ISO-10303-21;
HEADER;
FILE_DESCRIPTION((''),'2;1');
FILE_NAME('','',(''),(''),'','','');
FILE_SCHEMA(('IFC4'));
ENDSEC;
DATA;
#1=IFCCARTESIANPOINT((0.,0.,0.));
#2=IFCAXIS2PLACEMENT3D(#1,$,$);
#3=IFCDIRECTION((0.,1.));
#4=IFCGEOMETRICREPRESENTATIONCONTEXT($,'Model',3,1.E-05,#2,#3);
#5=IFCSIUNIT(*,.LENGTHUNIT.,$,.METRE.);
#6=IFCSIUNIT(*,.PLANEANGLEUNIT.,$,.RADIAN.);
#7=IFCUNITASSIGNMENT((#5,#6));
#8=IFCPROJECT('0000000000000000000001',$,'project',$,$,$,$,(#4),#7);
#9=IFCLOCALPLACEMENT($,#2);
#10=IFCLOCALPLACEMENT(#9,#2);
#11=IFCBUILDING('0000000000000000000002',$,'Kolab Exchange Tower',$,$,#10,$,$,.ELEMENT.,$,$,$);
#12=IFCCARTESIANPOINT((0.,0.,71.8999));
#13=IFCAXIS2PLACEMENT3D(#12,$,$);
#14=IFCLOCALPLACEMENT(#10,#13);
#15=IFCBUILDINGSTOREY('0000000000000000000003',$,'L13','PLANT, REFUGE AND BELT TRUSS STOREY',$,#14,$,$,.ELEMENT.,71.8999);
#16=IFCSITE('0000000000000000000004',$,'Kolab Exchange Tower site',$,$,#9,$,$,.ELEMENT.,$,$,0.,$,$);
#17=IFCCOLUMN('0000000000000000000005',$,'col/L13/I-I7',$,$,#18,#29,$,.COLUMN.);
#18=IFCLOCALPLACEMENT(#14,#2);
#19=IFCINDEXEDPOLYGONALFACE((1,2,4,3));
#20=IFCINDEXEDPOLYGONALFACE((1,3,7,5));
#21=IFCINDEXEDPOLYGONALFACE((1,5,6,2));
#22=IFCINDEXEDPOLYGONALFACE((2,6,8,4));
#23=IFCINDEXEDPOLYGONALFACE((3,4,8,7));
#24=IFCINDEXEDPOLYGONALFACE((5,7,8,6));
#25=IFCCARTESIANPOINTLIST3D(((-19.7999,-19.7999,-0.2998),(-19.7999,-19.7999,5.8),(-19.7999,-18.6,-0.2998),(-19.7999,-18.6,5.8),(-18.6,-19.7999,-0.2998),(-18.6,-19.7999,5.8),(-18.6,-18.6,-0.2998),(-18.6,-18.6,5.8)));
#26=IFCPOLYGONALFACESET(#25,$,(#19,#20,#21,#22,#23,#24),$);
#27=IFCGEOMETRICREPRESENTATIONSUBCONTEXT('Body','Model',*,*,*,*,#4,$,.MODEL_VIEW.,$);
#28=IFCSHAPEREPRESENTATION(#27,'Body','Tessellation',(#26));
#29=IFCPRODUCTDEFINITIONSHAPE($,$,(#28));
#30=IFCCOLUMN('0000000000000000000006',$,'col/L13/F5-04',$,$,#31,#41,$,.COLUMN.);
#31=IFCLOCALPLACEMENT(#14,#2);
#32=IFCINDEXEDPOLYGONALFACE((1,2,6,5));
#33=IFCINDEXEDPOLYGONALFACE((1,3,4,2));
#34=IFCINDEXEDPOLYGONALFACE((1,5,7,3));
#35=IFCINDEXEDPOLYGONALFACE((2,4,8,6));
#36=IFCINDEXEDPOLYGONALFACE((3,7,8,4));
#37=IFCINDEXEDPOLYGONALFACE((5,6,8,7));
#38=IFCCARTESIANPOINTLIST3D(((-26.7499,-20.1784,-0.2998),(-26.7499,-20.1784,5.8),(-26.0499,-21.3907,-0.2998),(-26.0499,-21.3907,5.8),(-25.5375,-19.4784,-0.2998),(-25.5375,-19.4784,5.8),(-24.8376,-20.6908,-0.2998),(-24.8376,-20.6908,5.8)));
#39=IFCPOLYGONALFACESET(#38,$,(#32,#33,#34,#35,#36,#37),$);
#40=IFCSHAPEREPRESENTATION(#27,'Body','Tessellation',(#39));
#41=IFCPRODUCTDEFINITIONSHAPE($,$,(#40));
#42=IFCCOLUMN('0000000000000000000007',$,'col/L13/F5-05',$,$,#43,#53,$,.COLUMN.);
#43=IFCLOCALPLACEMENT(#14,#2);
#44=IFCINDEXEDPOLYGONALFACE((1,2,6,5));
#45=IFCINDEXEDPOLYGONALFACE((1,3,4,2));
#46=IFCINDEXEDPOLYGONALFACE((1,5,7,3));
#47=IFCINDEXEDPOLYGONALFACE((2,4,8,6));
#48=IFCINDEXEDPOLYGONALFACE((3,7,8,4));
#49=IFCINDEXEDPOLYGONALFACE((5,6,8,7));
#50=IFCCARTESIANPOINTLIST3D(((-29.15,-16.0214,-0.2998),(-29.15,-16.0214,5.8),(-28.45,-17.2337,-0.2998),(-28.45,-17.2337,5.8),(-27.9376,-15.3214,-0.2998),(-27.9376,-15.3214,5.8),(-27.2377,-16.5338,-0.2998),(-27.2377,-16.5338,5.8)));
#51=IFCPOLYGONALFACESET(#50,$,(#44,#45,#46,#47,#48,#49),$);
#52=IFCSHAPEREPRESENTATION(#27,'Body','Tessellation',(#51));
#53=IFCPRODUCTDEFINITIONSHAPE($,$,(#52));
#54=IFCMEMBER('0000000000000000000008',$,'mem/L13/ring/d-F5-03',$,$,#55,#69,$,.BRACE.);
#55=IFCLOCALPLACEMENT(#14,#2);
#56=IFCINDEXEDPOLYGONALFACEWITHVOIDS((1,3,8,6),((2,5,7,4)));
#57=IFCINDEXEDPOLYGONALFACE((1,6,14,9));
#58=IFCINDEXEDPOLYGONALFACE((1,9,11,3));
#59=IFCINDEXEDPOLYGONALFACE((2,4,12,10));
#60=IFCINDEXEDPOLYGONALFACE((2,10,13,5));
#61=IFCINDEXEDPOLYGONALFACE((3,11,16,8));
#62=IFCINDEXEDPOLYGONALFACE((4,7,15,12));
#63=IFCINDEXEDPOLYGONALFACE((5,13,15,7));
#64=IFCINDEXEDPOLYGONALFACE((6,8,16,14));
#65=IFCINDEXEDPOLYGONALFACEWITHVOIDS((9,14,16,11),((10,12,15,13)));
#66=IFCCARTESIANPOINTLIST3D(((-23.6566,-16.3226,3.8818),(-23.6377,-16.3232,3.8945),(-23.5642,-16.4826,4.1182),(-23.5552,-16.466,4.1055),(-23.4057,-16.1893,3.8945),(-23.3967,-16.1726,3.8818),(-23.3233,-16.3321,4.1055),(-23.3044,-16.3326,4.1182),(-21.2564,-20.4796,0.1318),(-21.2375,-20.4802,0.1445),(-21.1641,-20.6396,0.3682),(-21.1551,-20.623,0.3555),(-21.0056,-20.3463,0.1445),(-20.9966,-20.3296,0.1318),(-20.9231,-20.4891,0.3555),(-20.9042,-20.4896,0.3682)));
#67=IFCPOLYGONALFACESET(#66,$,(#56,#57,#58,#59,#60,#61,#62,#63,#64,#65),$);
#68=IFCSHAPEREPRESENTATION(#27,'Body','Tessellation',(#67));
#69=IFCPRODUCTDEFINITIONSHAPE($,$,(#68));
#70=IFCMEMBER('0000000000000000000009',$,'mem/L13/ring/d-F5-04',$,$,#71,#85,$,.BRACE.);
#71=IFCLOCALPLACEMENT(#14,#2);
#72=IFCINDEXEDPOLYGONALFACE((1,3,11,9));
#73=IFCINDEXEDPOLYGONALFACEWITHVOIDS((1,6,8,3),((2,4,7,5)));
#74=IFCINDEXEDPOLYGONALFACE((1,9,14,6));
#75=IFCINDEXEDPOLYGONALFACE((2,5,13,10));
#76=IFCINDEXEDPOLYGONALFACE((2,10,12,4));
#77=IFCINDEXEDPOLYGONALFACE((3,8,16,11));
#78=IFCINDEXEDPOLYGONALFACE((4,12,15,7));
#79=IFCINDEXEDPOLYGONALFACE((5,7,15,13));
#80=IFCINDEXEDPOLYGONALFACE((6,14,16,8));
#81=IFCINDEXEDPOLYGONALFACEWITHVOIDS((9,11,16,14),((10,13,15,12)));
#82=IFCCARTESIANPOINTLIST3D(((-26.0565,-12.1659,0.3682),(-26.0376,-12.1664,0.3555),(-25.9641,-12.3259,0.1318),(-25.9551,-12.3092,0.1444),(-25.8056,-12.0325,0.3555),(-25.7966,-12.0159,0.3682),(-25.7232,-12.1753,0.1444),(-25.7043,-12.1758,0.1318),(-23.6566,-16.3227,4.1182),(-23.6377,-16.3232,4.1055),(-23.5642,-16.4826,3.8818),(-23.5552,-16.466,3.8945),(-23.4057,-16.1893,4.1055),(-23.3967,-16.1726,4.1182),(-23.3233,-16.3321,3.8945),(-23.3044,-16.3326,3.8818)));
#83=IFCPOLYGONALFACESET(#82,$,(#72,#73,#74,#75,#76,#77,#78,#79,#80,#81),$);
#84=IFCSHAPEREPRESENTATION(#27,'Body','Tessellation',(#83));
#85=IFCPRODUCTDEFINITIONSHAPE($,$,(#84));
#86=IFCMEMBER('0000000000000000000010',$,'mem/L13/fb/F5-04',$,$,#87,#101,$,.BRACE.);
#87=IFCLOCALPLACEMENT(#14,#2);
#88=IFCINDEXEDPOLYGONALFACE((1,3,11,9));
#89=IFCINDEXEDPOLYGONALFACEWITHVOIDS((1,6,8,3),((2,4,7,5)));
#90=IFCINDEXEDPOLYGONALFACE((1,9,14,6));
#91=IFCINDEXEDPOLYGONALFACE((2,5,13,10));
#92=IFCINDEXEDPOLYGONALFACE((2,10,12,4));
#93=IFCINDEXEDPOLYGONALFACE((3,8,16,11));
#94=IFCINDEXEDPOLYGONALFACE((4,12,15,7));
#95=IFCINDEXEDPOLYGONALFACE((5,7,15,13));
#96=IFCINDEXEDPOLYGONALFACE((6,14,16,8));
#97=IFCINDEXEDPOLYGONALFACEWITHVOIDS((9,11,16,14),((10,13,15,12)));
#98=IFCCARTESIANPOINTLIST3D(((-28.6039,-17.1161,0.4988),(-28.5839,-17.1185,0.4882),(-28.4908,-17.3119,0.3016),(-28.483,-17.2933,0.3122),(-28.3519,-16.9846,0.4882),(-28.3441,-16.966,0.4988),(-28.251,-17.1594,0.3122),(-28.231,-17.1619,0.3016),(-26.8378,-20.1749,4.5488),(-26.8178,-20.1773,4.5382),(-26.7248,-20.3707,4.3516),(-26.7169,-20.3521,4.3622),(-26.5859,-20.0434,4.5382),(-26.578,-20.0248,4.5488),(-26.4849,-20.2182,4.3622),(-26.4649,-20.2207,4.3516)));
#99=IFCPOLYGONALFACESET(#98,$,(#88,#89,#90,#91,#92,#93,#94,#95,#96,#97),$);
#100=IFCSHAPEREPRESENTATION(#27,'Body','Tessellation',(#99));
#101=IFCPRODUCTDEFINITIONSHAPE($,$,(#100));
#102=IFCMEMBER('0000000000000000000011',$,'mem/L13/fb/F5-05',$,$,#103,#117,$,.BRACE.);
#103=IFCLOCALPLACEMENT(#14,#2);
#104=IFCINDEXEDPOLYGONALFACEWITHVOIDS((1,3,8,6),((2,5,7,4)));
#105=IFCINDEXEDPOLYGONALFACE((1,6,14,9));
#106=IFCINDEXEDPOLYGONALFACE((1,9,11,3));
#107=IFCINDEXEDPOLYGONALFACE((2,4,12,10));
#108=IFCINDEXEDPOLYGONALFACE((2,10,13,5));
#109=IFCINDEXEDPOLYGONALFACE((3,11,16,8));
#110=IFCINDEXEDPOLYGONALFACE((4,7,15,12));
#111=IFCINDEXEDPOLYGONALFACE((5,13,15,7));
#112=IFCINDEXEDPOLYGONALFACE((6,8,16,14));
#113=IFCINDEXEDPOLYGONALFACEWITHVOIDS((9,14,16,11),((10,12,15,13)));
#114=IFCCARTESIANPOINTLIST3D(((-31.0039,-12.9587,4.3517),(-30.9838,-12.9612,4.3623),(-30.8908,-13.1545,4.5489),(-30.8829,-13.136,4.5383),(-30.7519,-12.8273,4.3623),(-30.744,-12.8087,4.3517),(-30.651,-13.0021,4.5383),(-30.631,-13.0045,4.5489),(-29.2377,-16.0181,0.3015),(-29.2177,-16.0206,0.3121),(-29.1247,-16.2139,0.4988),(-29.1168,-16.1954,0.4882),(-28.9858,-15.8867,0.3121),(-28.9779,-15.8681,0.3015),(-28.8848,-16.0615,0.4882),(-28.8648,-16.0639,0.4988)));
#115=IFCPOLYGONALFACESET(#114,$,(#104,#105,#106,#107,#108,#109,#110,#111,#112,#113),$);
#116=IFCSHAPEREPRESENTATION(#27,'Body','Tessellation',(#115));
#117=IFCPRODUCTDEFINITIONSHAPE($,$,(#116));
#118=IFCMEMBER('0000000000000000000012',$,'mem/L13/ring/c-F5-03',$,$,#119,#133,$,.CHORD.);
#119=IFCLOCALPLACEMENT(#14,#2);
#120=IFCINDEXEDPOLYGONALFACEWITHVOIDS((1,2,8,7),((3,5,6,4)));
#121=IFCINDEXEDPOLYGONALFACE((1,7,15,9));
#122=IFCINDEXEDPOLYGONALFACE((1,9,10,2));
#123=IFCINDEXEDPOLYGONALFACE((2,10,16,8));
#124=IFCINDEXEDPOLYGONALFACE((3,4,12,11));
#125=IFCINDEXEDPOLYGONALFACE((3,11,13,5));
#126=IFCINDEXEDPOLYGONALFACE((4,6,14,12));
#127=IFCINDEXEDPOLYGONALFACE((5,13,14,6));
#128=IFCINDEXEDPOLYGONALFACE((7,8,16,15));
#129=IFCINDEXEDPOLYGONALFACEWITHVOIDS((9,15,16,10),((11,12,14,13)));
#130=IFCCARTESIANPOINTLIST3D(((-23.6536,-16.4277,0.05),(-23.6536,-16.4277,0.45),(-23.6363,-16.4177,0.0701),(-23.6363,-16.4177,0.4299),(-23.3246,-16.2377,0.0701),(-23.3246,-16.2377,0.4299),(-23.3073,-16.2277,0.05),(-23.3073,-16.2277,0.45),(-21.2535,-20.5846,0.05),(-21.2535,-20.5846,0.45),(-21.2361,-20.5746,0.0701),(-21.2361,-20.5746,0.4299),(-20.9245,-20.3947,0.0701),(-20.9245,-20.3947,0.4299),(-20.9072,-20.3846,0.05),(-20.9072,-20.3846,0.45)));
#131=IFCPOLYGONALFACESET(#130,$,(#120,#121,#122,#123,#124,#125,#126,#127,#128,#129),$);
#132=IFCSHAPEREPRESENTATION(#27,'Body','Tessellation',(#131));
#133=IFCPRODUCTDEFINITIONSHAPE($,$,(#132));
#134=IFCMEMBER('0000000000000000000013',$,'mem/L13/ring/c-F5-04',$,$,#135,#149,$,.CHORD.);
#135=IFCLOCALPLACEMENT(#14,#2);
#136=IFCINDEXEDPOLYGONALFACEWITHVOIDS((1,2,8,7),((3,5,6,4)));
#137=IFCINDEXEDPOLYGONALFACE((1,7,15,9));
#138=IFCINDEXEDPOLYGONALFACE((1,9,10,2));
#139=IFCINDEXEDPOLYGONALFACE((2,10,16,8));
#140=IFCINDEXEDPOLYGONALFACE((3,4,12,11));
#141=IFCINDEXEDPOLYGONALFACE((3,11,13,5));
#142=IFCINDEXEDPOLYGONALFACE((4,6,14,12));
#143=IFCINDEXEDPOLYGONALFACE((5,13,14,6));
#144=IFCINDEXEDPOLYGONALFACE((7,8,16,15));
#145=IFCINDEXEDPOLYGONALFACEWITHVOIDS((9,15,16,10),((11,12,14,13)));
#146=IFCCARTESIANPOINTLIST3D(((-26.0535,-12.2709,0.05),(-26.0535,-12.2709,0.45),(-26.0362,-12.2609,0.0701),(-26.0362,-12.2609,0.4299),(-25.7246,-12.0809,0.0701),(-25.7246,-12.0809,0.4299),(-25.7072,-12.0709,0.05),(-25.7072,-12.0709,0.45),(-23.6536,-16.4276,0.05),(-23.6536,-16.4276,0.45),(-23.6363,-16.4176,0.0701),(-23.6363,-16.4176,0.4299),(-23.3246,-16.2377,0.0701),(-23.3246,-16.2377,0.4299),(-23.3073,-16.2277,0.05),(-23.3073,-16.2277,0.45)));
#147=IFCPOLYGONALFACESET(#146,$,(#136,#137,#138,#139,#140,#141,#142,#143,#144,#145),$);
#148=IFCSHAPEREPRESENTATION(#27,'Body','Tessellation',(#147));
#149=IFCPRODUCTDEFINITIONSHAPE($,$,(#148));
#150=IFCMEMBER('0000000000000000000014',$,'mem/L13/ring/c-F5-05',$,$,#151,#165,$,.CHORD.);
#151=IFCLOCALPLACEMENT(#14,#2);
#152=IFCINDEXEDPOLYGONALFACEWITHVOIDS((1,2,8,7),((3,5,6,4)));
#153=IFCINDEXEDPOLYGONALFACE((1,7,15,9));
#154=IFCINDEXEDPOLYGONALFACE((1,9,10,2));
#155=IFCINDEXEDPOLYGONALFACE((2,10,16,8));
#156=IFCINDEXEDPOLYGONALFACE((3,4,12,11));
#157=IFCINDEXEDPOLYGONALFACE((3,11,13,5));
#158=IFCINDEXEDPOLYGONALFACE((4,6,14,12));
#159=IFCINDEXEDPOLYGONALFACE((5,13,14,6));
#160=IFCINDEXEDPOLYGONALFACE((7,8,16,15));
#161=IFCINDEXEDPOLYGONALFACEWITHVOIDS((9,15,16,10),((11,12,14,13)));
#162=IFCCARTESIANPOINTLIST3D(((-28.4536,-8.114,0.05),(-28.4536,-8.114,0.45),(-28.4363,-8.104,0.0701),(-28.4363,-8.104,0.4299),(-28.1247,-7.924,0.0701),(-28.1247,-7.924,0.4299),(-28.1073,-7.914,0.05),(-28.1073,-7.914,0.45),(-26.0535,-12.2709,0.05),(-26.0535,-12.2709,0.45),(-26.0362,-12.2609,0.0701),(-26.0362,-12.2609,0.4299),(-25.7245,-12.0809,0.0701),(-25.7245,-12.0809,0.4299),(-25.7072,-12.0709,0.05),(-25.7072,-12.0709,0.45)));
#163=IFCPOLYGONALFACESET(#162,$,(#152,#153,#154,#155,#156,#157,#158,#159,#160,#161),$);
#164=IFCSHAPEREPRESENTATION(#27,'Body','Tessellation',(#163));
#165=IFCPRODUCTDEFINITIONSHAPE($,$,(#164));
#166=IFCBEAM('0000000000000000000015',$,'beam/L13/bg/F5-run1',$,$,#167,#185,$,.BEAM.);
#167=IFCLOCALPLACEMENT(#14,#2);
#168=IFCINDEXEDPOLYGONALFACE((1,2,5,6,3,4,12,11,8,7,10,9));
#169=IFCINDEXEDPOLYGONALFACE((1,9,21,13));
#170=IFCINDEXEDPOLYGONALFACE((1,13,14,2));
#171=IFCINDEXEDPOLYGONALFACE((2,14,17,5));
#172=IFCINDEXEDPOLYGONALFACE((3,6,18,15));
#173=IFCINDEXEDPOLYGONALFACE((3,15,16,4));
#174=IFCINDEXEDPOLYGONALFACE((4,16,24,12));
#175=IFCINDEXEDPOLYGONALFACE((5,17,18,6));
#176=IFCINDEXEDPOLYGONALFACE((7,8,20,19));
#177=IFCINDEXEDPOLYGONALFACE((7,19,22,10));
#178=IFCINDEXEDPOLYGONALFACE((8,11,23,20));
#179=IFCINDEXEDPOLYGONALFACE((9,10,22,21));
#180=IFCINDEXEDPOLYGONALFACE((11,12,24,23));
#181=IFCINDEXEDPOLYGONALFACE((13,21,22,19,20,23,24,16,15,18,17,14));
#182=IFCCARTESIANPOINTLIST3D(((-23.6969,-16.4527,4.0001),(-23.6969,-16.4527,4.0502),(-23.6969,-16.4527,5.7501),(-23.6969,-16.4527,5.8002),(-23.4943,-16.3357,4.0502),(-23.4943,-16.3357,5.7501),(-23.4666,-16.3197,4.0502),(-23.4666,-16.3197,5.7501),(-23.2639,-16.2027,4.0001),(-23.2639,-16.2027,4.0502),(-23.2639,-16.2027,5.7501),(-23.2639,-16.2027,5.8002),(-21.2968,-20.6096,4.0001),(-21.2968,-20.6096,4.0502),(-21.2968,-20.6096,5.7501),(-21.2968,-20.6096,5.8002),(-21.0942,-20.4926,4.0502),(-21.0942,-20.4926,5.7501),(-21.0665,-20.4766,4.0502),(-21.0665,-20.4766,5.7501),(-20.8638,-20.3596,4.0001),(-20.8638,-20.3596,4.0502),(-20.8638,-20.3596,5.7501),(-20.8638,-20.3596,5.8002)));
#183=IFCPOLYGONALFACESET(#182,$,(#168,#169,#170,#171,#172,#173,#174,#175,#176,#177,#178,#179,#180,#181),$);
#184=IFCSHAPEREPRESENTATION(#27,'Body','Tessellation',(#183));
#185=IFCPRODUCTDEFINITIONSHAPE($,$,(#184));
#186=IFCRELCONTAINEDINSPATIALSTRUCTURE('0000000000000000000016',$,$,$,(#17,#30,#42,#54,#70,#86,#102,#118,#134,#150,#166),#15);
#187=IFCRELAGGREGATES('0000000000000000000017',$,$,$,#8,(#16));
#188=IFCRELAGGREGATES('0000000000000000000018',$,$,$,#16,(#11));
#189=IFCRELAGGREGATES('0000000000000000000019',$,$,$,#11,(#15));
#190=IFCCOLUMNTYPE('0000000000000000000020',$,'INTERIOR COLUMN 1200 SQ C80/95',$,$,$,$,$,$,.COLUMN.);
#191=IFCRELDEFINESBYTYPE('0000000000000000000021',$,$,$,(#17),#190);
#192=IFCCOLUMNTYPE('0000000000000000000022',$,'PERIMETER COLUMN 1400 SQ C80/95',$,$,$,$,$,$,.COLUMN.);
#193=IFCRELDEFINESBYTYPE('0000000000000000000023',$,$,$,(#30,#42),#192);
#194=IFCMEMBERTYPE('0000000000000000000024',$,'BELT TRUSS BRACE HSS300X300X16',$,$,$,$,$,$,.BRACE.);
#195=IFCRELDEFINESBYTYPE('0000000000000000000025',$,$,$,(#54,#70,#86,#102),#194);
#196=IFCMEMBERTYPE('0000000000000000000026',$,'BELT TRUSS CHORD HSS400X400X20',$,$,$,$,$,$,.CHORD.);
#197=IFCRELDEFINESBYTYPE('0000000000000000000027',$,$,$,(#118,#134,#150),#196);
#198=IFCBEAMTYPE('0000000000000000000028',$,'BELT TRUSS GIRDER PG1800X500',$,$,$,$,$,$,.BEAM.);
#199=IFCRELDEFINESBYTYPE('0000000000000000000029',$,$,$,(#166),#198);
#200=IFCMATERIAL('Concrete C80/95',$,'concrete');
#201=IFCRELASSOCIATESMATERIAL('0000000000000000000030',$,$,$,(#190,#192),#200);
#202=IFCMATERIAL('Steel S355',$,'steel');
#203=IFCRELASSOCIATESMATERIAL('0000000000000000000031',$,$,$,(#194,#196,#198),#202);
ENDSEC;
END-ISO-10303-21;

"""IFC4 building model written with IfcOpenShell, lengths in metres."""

from ifc_helpers import new_model, si_unit, direction, frame, origin, origin_2d, place, context, subcontext, project, spatial, rectangle, hollow_rectangle, i_section, extrude, material, material_profile, profile_set, type_object, element, save


model = new_model("IFC4")

# Units and contexts
model_context = context("Model", 3, precision=1e-05, world=origin(), true_north=direction((0.0, 1.0)))
body_context = subcontext(model_context, "Body", "Model", "MODEL_VIEW")
ifc_project = project(units=[si_unit("LENGTHUNIT", "METRE"), si_unit("PLANEANGLEUNIT", "RADIAN")], contexts=[model_context])

# Site, building, storey
site_placement = place(None, origin())
site = spatial("IfcSite", under=ifc_project, at=site_placement, Name="Kolab Exchange Tower site", CompositionType="ELEMENT", RefElevation=0.0)
building_placement = place(site_placement, origin())
building = spatial("IfcBuilding", under=site, at=building_placement, Name="Kolab Exchange Tower", CompositionType="ELEMENT")
storey_placement = place(building_placement, frame((0.0, 0.0, 71.8999)))
storey = spatial("IfcBuildingStorey", under=building, at=storey_placement, Name="L13", Description="PLANT, REFUGE AND BELT TRUSS STOREY", CompositionType="ELEMENT", Elevation=71.8999)

# Columns
ifc_material_1 = material(Name="Concrete C80/95", Category="concrete")
ifc_material_profile_1 = material_profile(ifc_material_1, rectangle(XDim=1.2, YDim=1.2, at=origin_2d()), Name="RC1200")
ifc_profile_set_1 = profile_set([ifc_material_profile_1], Name="Concrete C80/95")
column_type_1 = type_object("IfcColumnType", Name="INTERIOR COLUMN 1200 SQ C80/95", PredefinedType="COLUMN", material=ifc_profile_set_1)
column_placement = place(storey_placement, frame((-19.2, -19.2, -0.2998), z_axis=(0.0, 0.0, 1.0), x_axis=(1.0, 0.0, 0.0)))
element("IfcColumn", 1, at=column_placement, inside=storey, type_object=column_type_1, Name="col/L13/I-I7", PredefinedType="COLUMN", context=body_context, shape_type="SweptSolid", body=[
    extrude(rectangle(XDim=1.2, YDim=1.2, at=origin_2d()), origin(), (0.0, 0.0, 1.0), 6.0999),
])
ifc_material_profile_2 = material_profile(ifc_material_1, rectangle(XDim=1.3999, YDim=1.3999, at=origin_2d()), Name="RC1400")
ifc_profile_set_2 = profile_set([ifc_material_profile_2], Name="Concrete C80/95")
column_type_2 = type_object("IfcColumnType", Name="PERIMETER COLUMN 1400 SQ C80/95", PredefinedType="COLUMN", material=ifc_profile_set_2)
for number, where, z_axis, x_axis, name in (
    (2, (-25.7937, -20.4346, -0.2998), (0.0, 0.0, 1.0), (0.866025, 0.5, 0.0), "col/L13/F5-04"),
    (3, (-28.1938, -16.2776, -0.2998), (0.0, 0.0, 1.0), (0.866025, 0.5, 0.0), "col/L13/F5-05"),
):
    element("IfcColumn", number, at=place(storey_placement, frame(where, z_axis=z_axis, x_axis=x_axis)), inside=storey, type_object=column_type_2, Name=name, PredefinedType="COLUMN", context=body_context, shape_type="SweptSolid", body=[
        extrude(rectangle(XDim=1.3999, YDim=1.3999, at=origin_2d()), origin(), (0.0, 0.0, 1.0), 6.0999),
    ])

# Members
ifc_material_2 = material(Name="Steel S355", Category="steel")
ifc_material_profile_3 = material_profile(ifc_material_2, hollow_rectangle(XDim=0.3, YDim=0.3, WallThickness=0.0161, at=origin_2d()), Name="HSS300X300X16")
ifc_profile_set_3 = profile_set([ifc_material_profile_3], Name="Steel S355")
member_type_1 = type_object("IfcMemberType", Name="BELT TRUSS BRACE HSS300X300X16", PredefinedType="BRACE", material=ifc_profile_set_3)
member_1_placement = place(storey_placement, frame((-21.0803, -20.4846, 0.25), z_axis=(-0.39403, 0.682448, 0.615634), x_axis=(-0.866015, -0.500017, 0.0)))
element("IfcMember", 4, at=member_1_placement, inside=storey, type_object=member_type_1, Name="mem/L13/ring/d-F5-03", PredefinedType="BRACE", context=body_context, shape_type="SweptSolid", body=[
    extrude(hollow_rectangle(XDim=0.3, YDim=0.3, WallThickness=0.0161, at=origin_2d()), origin(), (0.0, 0.0, 1.0), 6.0913),
])
member_2_placement = place(storey_placement, frame((-23.4805, -16.3276, 4.0), z_axis=(-0.394007, 0.682437, -0.615661), x_axis=(-0.866025, -0.500001, 0.0)))
element("IfcMember", 5, at=member_2_placement, inside=storey, type_object=member_type_1, Name="mem/L13/ring/d-F5-04", PredefinedType="BRACE", context=body_context, shape_type="SweptSolid", body=[
    extrude(hollow_rectangle(XDim=0.3, YDim=0.3, WallThickness=0.0161, at=origin_2d()), origin(), (0.0, 0.0, 1.0), 6.0911),
])
member_3_placement = place(storey_placement, frame((-26.6514, -20.1978, 4.4502), z_axis=(-0.328648, 0.569205, -0.753655), x_axis=(-0.866014, -0.50002, 0.0)))
element("IfcMember", 6, at=member_3_placement, inside=storey, type_object=member_type_1, Name="mem/L13/fb/F5-04", PredefinedType="BRACE", context=body_context, shape_type="SweptSolid", body=[
    extrude(hollow_rectangle(XDim=0.3, YDim=0.3, WallThickness=0.0161, at=origin_2d()), origin(), (0.0, 0.0, 1.0), 5.3738),
])
member_4_placement = place(storey_placement, frame((-29.0513, -16.041, 0.4001), z_axis=(-0.328631, 0.569267, 0.753616), x_axis=(-0.866049, -0.49996, 0.0)))
element("IfcMember", 7, at=member_4_placement, inside=storey, type_object=member_type_1, Name="mem/L13/fb/F5-05", PredefinedType="BRACE", context=body_context, shape_type="SweptSolid", body=[
    extrude(hollow_rectangle(XDim=0.3, YDim=0.3, WallThickness=0.0161, at=origin_2d()), origin(), (0.0, 0.0, 1.0), 5.3743),
])
ifc_material_profile_4 = material_profile(ifc_material_2, hollow_rectangle(XDim=0.3999, YDim=0.3999, WallThickness=0.02, at=origin_2d()), Name="HSS400X400X20")
ifc_profile_set_4 = profile_set([ifc_material_profile_4], Name="Steel S355")
member_type_2 = type_object("IfcMemberType", Name="BELT TRUSS CHORD HSS400X400X20", PredefinedType="CHORD", material=ifc_profile_set_4)
member_5_placement = place(storey_placement, frame((-21.0803, -20.4846, 0.25), z_axis=(-0.500017, 0.866015, 0.0), x_axis=(-0.866015, -0.500017, 0.0)))
element("IfcMember", 8, at=member_5_placement, inside=storey, type_object=member_type_2, Name="mem/L13/ring/c-F5-03", PredefinedType="CHORD", context=body_context, shape_type="SweptSolid", body=[
    extrude(hollow_rectangle(XDim=0.3999, YDim=0.3999, WallThickness=0.02, at=origin_2d()), origin(), (0.0, 0.0, 1.0), 4.8),
])
member_6_placement = place(storey_placement, frame((-23.4805, -16.3276, 0.25), z_axis=(-0.500001, 0.866025, 0.0), x_axis=(-0.866025, -0.500001, 0.0)))
element("IfcMember", 9, at=member_6_placement, inside=storey, type_object=member_type_2, Name="mem/L13/ring/c-F5-04", PredefinedType="CHORD", context=body_context, shape_type="SweptSolid", body=[
    extrude(hollow_rectangle(XDim=0.3999, YDim=0.3999, WallThickness=0.02, at=origin_2d()), origin(), (0.0, 0.0, 1.0), 4.7998),
])
member_7_placement = place(storey_placement, frame((-25.8804, -12.1709, 0.25), z_axis=(-0.500017, 0.866015, 0.0), x_axis=(-0.866015, -0.500017, 0.0)))
element("IfcMember", 10, at=member_7_placement, inside=storey, type_object=member_type_2, Name="mem/L13/ring/c-F5-05", PredefinedType="CHORD", context=body_context, shape_type="SweptSolid", body=[
    extrude(hollow_rectangle(XDim=0.3999, YDim=0.3999, WallThickness=0.02, at=origin_2d()), origin(), (0.0, 0.0, 1.0), 4.8),
])

# Beam
ifc_material_profile_5 = material_profile(ifc_material_2, i_section(OverallWidth=0.5, OverallDepth=1.8, WebThickness=0.032, FlangeThickness=0.05, at=origin_2d()), Name="PG1800X500")
ifc_profile_set_5 = profile_set([ifc_material_profile_5], Name="Steel S355")
beam_type_1 = type_object("IfcBeamType", Name="BELT TRUSS GIRDER PG1800X500", PredefinedType="BEAM", material=ifc_profile_set_5)
beam_1_placement = place(storey_placement, frame((-21.0803, -20.4846, 4.9001), z_axis=(-0.500017, 0.866015, 0.0), x_axis=(-0.866015, -0.500017, 0.0)))
element("IfcBeam", 11, at=beam_1_placement, inside=storey, type_object=beam_type_1, Name="beam/L13/bg/F5-run1", PredefinedType="BEAM", context=body_context, shape_type="SweptSolid", body=[
    extrude(i_section(OverallWidth=0.5, OverallDepth=1.8, WebThickness=0.032, FlangeThickness=0.05, at=origin_2d()), origin(), (0.0, 0.0, 1.0), 4.8),
])

save(model, "model.ifc")
